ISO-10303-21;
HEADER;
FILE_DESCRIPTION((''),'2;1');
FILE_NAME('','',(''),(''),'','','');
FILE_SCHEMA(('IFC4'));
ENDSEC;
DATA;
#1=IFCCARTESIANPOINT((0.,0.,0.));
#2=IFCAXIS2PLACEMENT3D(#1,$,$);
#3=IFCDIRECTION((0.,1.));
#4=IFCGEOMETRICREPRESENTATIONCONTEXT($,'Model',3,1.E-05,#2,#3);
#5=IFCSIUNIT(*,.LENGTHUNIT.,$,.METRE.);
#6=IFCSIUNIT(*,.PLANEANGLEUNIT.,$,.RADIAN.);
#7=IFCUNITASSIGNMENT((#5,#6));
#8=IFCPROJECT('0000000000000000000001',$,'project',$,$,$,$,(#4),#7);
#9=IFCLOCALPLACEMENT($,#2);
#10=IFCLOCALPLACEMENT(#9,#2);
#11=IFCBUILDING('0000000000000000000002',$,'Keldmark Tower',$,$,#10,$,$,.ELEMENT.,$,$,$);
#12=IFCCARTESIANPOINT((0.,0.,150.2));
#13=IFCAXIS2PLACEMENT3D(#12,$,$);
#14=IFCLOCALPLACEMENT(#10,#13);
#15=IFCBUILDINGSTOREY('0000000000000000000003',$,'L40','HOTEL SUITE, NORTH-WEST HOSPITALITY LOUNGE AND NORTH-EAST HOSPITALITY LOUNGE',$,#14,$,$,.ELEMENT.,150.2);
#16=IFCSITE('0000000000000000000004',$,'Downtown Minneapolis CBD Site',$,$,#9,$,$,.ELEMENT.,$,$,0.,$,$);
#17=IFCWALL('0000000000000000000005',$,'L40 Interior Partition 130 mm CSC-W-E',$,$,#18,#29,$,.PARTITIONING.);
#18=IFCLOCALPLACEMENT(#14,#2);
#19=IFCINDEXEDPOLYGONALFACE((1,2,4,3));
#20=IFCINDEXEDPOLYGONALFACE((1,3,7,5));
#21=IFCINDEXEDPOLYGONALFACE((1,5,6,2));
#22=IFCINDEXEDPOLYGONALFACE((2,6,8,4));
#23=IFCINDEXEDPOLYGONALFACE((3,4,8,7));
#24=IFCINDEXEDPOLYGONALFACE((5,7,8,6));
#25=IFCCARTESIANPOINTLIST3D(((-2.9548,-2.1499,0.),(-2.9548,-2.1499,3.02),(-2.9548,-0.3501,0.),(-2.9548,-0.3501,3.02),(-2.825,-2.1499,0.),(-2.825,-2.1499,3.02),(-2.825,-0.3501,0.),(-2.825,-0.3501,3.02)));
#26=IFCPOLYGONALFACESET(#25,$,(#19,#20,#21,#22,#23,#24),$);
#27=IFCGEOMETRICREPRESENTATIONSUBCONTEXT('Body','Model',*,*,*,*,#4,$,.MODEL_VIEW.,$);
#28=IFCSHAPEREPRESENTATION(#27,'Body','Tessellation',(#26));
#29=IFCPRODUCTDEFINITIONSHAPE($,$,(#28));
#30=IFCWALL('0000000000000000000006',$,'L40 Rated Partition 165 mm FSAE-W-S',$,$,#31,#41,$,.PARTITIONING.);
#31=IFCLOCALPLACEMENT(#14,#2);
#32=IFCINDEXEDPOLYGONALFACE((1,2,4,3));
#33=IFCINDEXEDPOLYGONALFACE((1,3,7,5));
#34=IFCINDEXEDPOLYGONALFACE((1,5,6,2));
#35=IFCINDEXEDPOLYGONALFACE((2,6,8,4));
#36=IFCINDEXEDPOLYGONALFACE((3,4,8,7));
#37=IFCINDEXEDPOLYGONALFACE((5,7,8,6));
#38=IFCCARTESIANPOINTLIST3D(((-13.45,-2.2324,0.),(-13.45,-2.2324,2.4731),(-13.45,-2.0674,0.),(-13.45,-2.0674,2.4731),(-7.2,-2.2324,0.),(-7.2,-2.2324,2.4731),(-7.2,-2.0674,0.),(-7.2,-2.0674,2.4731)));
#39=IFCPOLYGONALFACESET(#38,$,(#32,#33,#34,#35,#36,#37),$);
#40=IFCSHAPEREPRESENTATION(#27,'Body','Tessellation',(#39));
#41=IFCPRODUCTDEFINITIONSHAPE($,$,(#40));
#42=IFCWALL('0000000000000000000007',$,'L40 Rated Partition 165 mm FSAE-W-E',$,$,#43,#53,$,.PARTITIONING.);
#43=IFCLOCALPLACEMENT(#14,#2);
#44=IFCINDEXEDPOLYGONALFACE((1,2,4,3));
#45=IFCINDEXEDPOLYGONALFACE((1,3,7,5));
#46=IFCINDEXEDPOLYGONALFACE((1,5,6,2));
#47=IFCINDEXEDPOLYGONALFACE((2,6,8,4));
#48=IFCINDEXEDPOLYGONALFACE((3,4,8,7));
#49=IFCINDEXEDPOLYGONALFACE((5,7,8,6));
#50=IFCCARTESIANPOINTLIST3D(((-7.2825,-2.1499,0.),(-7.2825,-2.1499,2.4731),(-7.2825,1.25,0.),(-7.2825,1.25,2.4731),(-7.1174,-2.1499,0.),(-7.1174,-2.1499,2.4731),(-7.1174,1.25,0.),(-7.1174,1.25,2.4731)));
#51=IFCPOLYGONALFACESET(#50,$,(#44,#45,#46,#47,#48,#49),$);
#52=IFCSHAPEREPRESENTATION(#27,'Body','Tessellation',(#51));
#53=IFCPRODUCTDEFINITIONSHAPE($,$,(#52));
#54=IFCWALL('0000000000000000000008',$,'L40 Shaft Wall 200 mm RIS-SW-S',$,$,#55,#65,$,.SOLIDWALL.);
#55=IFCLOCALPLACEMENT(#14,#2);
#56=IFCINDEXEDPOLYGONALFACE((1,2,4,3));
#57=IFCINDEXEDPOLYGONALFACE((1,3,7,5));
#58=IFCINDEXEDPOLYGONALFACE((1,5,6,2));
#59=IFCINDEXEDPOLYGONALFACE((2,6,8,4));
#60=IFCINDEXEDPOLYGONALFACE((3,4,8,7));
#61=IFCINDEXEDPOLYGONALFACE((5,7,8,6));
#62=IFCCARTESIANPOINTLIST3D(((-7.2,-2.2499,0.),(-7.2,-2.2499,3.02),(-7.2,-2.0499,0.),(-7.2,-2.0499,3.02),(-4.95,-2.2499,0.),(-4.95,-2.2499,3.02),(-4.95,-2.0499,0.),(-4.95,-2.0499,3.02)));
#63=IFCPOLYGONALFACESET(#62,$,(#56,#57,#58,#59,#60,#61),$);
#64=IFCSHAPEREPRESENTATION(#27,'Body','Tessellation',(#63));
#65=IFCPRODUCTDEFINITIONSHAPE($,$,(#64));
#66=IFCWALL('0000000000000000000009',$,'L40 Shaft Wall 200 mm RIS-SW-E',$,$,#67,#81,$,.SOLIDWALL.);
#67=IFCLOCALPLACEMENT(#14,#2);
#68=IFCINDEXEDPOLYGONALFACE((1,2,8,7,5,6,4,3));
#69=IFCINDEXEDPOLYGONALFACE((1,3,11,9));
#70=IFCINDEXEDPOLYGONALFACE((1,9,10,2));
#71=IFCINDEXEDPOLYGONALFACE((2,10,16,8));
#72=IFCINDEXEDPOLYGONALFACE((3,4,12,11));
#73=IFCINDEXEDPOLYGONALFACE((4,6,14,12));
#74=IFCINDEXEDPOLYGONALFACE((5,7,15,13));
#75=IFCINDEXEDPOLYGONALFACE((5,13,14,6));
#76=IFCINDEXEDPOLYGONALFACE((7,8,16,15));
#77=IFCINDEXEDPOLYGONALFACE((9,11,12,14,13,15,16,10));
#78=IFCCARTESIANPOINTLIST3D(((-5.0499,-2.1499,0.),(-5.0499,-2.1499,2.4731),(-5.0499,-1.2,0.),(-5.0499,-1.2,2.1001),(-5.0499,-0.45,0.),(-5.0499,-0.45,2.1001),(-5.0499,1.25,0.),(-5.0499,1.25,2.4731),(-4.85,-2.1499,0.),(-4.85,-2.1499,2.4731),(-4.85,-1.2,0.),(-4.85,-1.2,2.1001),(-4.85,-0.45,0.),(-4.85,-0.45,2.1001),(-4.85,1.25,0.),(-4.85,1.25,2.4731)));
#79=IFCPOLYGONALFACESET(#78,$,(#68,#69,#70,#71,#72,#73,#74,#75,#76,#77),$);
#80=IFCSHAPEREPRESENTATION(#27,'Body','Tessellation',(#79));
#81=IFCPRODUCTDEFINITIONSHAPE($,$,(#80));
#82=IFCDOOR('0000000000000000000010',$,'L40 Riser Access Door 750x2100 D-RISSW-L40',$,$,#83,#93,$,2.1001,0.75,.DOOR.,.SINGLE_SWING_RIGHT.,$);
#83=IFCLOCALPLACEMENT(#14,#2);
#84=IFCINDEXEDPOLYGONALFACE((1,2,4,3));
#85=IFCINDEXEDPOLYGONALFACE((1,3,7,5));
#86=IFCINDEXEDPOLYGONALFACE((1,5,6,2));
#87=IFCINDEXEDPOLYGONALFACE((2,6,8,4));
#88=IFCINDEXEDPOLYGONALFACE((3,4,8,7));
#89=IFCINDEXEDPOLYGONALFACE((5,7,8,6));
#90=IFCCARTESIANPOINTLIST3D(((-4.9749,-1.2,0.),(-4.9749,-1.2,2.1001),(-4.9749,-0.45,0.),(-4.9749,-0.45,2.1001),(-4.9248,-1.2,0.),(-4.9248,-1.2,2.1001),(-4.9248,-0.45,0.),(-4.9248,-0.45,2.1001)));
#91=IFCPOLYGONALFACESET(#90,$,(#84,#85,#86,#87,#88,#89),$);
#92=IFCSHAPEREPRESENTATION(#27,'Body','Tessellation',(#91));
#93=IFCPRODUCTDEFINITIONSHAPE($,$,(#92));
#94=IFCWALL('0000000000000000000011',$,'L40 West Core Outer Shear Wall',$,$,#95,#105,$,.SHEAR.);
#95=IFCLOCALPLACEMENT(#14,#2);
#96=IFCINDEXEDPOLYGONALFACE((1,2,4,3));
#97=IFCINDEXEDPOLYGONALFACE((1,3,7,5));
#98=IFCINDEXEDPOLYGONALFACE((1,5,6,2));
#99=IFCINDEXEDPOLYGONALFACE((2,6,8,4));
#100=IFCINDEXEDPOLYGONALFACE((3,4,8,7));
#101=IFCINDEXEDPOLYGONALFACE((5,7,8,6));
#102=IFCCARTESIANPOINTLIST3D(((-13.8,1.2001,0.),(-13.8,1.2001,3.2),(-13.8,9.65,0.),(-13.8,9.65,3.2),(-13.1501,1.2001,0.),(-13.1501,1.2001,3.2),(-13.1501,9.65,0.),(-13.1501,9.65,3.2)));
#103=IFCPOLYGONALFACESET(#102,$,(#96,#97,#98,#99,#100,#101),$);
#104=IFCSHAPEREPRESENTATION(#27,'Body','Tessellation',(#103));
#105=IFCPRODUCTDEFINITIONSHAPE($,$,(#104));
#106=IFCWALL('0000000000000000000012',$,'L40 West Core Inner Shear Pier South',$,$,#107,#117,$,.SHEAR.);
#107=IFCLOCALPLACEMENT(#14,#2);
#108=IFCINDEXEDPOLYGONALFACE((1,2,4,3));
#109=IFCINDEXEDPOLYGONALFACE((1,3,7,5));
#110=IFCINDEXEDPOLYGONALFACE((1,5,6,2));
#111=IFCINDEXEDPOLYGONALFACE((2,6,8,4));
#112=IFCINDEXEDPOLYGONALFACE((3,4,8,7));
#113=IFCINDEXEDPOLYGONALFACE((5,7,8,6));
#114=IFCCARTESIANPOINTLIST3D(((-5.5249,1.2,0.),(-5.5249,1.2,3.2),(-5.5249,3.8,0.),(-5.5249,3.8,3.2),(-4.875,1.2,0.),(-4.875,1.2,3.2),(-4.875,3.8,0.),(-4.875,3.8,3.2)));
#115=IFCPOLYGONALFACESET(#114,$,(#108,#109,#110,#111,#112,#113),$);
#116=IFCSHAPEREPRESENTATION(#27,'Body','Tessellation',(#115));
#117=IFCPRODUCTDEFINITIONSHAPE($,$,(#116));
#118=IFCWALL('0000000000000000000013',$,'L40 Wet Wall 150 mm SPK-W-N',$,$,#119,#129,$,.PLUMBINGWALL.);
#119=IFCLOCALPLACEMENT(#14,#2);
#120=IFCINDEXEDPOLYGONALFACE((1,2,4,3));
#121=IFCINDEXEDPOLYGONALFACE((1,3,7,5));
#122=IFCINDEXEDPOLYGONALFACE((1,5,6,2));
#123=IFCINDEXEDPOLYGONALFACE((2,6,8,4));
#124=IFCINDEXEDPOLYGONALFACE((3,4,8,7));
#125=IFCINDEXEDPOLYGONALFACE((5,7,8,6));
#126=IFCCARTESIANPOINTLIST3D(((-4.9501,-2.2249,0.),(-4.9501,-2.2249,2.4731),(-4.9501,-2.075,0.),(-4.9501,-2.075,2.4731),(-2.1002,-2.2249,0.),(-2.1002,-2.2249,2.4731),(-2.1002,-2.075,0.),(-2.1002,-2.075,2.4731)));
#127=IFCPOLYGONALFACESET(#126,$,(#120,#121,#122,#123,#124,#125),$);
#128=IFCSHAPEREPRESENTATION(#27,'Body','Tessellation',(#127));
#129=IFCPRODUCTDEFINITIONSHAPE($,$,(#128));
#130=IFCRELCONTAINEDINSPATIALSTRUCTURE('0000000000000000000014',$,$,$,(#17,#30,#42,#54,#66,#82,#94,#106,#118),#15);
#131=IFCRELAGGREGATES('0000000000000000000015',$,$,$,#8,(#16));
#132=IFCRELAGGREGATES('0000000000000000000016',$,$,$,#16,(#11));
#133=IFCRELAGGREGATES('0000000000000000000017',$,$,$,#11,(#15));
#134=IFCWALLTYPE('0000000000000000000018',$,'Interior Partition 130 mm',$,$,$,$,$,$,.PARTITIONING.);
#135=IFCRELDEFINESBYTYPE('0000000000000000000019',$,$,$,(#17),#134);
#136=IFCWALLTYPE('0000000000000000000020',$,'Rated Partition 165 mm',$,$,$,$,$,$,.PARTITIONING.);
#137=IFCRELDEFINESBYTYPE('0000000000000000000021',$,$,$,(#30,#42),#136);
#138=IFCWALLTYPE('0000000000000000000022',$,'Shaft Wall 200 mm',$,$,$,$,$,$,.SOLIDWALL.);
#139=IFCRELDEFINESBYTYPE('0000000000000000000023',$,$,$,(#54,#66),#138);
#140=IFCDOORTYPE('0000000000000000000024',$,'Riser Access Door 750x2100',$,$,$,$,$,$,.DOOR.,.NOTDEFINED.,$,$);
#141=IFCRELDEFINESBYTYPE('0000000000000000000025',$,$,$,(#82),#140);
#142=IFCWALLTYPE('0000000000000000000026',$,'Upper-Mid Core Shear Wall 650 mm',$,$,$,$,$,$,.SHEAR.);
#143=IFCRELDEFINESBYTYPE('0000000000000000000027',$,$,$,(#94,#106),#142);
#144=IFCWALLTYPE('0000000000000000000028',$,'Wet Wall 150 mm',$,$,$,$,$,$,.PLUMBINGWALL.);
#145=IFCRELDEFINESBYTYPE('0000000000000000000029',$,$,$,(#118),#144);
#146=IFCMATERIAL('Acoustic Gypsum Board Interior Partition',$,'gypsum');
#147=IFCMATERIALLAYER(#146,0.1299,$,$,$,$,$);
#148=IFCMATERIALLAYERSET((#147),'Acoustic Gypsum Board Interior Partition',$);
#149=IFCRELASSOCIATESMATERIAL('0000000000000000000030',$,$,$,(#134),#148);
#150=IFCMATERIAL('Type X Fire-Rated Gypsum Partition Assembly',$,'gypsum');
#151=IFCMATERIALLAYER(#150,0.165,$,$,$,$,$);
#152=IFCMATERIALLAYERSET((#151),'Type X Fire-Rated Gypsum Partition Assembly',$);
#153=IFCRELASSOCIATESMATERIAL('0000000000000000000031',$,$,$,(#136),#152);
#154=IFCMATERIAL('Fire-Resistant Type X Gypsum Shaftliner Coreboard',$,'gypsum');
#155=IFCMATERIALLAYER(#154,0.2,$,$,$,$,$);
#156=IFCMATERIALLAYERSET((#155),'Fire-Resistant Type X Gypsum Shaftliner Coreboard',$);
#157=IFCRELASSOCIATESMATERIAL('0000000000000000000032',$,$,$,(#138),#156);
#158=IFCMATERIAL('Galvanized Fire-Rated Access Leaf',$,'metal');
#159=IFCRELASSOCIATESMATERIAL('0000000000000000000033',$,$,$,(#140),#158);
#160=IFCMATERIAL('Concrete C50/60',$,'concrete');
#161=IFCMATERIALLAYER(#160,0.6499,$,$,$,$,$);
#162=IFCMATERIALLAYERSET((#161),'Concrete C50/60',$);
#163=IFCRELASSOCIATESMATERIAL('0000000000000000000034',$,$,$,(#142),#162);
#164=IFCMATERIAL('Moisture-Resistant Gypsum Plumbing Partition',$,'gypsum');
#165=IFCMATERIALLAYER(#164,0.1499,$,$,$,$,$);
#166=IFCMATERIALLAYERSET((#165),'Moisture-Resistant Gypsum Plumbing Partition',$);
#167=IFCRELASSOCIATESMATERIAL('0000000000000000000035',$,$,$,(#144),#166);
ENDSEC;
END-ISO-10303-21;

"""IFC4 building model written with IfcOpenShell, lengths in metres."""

from ifc_helpers import new_model, si_unit, direction, frame, frame_2d, origin, place, context, subcontext, project, spatial, rectangle, extrude, material, layer, layer_set, type_object, element, fill, save


model = new_model("IFC4")

# Units and contexts
model_context = context("Model", 3, precision=1e-05, world=origin(), true_north=direction((0.0, 1.0)))
body_context = subcontext(model_context, "Body", "Model", "MODEL_VIEW")
ifc_project = project(units=[si_unit("LENGTHUNIT", "METRE"), si_unit("PLANEANGLEUNIT", "RADIAN")], contexts=[model_context])

# Site, building, storey
site_placement = place(None, origin())
site = spatial("IfcSite", under=ifc_project, at=site_placement, Name="Downtown Minneapolis CBD Site", CompositionType="ELEMENT", RefElevation=0.0)
building_placement = place(site_placement, origin())
building = spatial("IfcBuilding", under=site, at=building_placement, Name="Keldmark Tower", CompositionType="ELEMENT")
storey_placement = place(building_placement, frame((0.0, 0.0, 150.2)))
storey = spatial("IfcBuildingStorey", under=building, at=storey_placement, Name="L40", Description="HOTEL SUITE, NORTH-WEST HOSPITALITY LOUNGE AND NORTH-EAST HOSPITALITY LOUNGE", CompositionType="ELEMENT", Elevation=150.2)

# Shared definitions
ifc_material_1 = material(Name="Acoustic Gypsum Board Interior Partition", Category="gypsum")
ifc_layer_1 = layer(ifc_material_1, 0.1299)
ifc_layer_set_1 = layer_set([ifc_layer_1], Name="Acoustic Gypsum Board Interior Partition")
wall_type_1 = type_object("IfcWallType", Name="Interior Partition 130 mm", PredefinedType="PARTITIONING", material=ifc_layer_set_1)

# Walls
wall_1_placement = place(storey_placement, frame((-2.8899, -2.1499, 0.0), z_axis=(0.0, 0.0, 1.0), x_axis=(0.0, 1.0, 0.0)))
element("IfcWall", 1, at=wall_1_placement, inside=storey, type_object=wall_type_1, Name="L40 Interior Partition 130 mm CSC-W-E", PredefinedType="PARTITIONING", context=body_context, shape_type="SweptSolid", body=[
    extrude(rectangle(XDim=1.7998, YDim=0.1299, at=frame_2d((0.8999, 0.0))), origin(), (0.0, 0.0, 1.0), 3.02),
])
ifc_material_2 = material(Name="Type X Fire-Rated Gypsum Partition Assembly", Category="gypsum")
ifc_layer_2 = layer(ifc_material_2, 0.165)
ifc_layer_set_2 = layer_set([ifc_layer_2], Name="Type X Fire-Rated Gypsum Partition Assembly")
wall_type_2 = type_object("IfcWallType", Name="Rated Partition 165 mm", PredefinedType="PARTITIONING", material=ifc_layer_set_2)
wall_2_placement = place(storey_placement, frame((-13.45, -2.1499, 0.0), z_axis=(0.0, 0.0, 1.0), x_axis=(1.0, 0.0, 0.0)))
element("IfcWall", 2, at=wall_2_placement, inside=storey, type_object=wall_type_2, Name="L40 Rated Partition 165 mm FSAE-W-S", PredefinedType="PARTITIONING", context=body_context, shape_type="SweptSolid", body=[
    extrude(rectangle(XDim=6.25, YDim=0.165, at=frame_2d((3.125, 0.0))), origin(), (0.0, 0.0, 1.0), 2.4731),
])

# Walls
wall_3_placement = place(storey_placement, frame((-7.2, -2.1499, 0.0), z_axis=(0.0, 0.0, 1.0), x_axis=(0.0, 1.0, 0.0)))
element("IfcWall", 3, at=wall_3_placement, inside=storey, type_object=wall_type_2, Name="L40 Rated Partition 165 mm FSAE-W-E", PredefinedType="PARTITIONING", context=body_context, shape_type="SweptSolid", body=[
    extrude(rectangle(XDim=3.3999, YDim=0.165, at=frame_2d((1.7, 0.0))), origin(), (0.0, 0.0, 1.0), 2.4731),
])
ifc_material_3 = material(Name="Fire-Resistant Type X Gypsum Shaftliner Coreboard", Category="gypsum")
ifc_layer_3 = layer(ifc_material_3, 0.2)
ifc_layer_set_3 = layer_set([ifc_layer_3], Name="Fire-Resistant Type X Gypsum Shaftliner Coreboard")
wall_type_3 = type_object("IfcWallType", Name="Shaft Wall 200 mm", PredefinedType="SOLIDWALL", material=ifc_layer_set_3)
wall_4_placement = place(storey_placement, frame((-7.2, -2.1499, 0.0), z_axis=(0.0, 0.0, 1.0), x_axis=(1.0, 0.0, 0.0)))
element("IfcWall", 4, at=wall_4_placement, inside=storey, type_object=wall_type_3, Name="L40 Shaft Wall 200 mm RIS-SW-S", PredefinedType="SOLIDWALL", context=body_context, shape_type="SweptSolid", body=[
    extrude(rectangle(XDim=2.25, YDim=0.2, at=frame_2d((1.125, 0.0))), origin(), (0.0, 0.0, 1.0), 3.02),
])

# Wall, opening, door
wall_5_placement = place(storey_placement, frame((-4.95, -2.1499, 0.0), z_axis=(0.0, 0.0, 1.0), x_axis=(0.0, 1.0, 0.0)))
wall_5 = element("IfcWall", 5, at=wall_5_placement, inside=storey, type_object=wall_type_3, Name="L40 Shaft Wall 200 mm RIS-SW-E", PredefinedType="SOLIDWALL", context=body_context, shape_type="SweptSolid", body=[
    extrude(rectangle(XDim=3.3999, YDim=0.2, at=frame_2d((1.7, 0.0))), origin(), (0.0, 0.0, 1.0), 2.4731),
])
opening_1_placement = place(wall_5_placement, frame((0.95, 0.0, 0.0)))
opening_1 = element("IfcOpeningElement", 6, at=opening_1_placement, cuts=wall_5, PredefinedType="OPENING", context=body_context, shape_type="SweptSolid", body=[
    extrude(rectangle(XDim=0.75, YDim=2.1001, at=frame_2d((0.375, 1.05))), frame((0.0, 0.1099, 0.0), z_axis=(0.0, -1.0, 0.0), x_axis=(1.0, 0.0, 0.0)), (0.0, 0.0, 1.0), 0.22),
])
ifc_material_4 = material(Name="Galvanized Fire-Rated Access Leaf", Category="metal")
door_type_1 = type_object("IfcDoorType", Name="Riser Access Door 750x2100", OperationType="NOTDEFINED", PredefinedType="DOOR", material=ifc_material_4)
door_1_placement = place(opening_1_placement, origin())
door_1 = element("IfcDoor", 7, at=door_1_placement, inside=storey, type_object=door_type_1, Name="L40 Riser Access Door 750x2100 D-RISSW-L40", OperationType="SINGLE_SWING_RIGHT", OverallHeight=2.1001, OverallWidth=0.75, PredefinedType="DOOR", context=body_context, shape_type="SweptSolid", body=[
    extrude(rectangle(XDim=0.75, YDim=2.1001, at=frame_2d((0.375, 1.05))), frame((0.0, 0.0249, 0.0), z_axis=(0.0, -1.0, 0.0), x_axis=(1.0, 0.0, 0.0)), (0.0, 0.0, 1.0), 0.05),
])
fill(opening_1, door_1)

# Walls
ifc_material_5 = material(Name="Concrete C50/60", Category="concrete")
ifc_layer_4 = layer(ifc_material_5, 0.6499)
ifc_layer_set_4 = layer_set([ifc_layer_4], Name="Concrete C50/60")
wall_type_4 = type_object("IfcWallType", Name="Upper-Mid Core Shear Wall 650 mm", PredefinedType="SHEAR", material=ifc_layer_set_4)
wall_6_placement = place(storey_placement, frame((-13.4751, 1.2, 0.0), z_axis=(0.0, 0.0, 1.0), x_axis=(0.0, 1.0, 0.0)))
element("IfcWall", 8, at=wall_6_placement, inside=storey, type_object=wall_type_4, Name="L40 West Core Outer Shear Wall", PredefinedType="SHEAR", context=body_context, shape_type="SweptSolid", body=[
    extrude(rectangle(XDim=8.45, YDim=0.6499, at=frame_2d((4.2251, 0.0))), origin(), (0.0, 0.0, 1.0), 3.2),
])
wall_7_placement = place(storey_placement, frame((-5.2, 1.2, 0.0), z_axis=(0.0, 0.0, 1.0), x_axis=(0.0, 1.0, 0.0)))
element("IfcWall", 9, at=wall_7_placement, inside=storey, type_object=wall_type_4, Name="L40 West Core Inner Shear Pier South", PredefinedType="SHEAR", context=body_context, shape_type="SweptSolid", body=[
    extrude(rectangle(XDim=2.6001, YDim=0.6499, at=frame_2d((1.3, 0.0))), origin(), (0.0, 0.0, 1.0), 3.2),
])
ifc_material_6 = material(Name="Moisture-Resistant Gypsum Plumbing Partition", Category="gypsum")
ifc_layer_5 = layer(ifc_material_6, 0.1499)
ifc_layer_set_5 = layer_set([ifc_layer_5], Name="Moisture-Resistant Gypsum Plumbing Partition")
wall_type_5 = type_object("IfcWallType", Name="Wet Wall 150 mm", PredefinedType="PLUMBINGWALL", material=ifc_layer_set_5)
wall_8_placement = place(storey_placement, frame((-4.95, -2.1499, 0.0), z_axis=(0.0, 0.0, 1.0), x_axis=(1.0, 0.0, 0.0)))
element("IfcWall", 10, at=wall_8_placement, inside=storey, type_object=wall_type_5, Name="L40 Wet Wall 150 mm SPK-W-N", PredefinedType="PLUMBINGWALL", context=body_context, shape_type="SweptSolid", body=[
    extrude(rectangle(XDim=2.8499, YDim=0.1499, at=frame_2d((1.4248, 0.0))), origin(), (0.0, 0.0, 1.0), 2.4731),
])

save(model, "model.ifc")
